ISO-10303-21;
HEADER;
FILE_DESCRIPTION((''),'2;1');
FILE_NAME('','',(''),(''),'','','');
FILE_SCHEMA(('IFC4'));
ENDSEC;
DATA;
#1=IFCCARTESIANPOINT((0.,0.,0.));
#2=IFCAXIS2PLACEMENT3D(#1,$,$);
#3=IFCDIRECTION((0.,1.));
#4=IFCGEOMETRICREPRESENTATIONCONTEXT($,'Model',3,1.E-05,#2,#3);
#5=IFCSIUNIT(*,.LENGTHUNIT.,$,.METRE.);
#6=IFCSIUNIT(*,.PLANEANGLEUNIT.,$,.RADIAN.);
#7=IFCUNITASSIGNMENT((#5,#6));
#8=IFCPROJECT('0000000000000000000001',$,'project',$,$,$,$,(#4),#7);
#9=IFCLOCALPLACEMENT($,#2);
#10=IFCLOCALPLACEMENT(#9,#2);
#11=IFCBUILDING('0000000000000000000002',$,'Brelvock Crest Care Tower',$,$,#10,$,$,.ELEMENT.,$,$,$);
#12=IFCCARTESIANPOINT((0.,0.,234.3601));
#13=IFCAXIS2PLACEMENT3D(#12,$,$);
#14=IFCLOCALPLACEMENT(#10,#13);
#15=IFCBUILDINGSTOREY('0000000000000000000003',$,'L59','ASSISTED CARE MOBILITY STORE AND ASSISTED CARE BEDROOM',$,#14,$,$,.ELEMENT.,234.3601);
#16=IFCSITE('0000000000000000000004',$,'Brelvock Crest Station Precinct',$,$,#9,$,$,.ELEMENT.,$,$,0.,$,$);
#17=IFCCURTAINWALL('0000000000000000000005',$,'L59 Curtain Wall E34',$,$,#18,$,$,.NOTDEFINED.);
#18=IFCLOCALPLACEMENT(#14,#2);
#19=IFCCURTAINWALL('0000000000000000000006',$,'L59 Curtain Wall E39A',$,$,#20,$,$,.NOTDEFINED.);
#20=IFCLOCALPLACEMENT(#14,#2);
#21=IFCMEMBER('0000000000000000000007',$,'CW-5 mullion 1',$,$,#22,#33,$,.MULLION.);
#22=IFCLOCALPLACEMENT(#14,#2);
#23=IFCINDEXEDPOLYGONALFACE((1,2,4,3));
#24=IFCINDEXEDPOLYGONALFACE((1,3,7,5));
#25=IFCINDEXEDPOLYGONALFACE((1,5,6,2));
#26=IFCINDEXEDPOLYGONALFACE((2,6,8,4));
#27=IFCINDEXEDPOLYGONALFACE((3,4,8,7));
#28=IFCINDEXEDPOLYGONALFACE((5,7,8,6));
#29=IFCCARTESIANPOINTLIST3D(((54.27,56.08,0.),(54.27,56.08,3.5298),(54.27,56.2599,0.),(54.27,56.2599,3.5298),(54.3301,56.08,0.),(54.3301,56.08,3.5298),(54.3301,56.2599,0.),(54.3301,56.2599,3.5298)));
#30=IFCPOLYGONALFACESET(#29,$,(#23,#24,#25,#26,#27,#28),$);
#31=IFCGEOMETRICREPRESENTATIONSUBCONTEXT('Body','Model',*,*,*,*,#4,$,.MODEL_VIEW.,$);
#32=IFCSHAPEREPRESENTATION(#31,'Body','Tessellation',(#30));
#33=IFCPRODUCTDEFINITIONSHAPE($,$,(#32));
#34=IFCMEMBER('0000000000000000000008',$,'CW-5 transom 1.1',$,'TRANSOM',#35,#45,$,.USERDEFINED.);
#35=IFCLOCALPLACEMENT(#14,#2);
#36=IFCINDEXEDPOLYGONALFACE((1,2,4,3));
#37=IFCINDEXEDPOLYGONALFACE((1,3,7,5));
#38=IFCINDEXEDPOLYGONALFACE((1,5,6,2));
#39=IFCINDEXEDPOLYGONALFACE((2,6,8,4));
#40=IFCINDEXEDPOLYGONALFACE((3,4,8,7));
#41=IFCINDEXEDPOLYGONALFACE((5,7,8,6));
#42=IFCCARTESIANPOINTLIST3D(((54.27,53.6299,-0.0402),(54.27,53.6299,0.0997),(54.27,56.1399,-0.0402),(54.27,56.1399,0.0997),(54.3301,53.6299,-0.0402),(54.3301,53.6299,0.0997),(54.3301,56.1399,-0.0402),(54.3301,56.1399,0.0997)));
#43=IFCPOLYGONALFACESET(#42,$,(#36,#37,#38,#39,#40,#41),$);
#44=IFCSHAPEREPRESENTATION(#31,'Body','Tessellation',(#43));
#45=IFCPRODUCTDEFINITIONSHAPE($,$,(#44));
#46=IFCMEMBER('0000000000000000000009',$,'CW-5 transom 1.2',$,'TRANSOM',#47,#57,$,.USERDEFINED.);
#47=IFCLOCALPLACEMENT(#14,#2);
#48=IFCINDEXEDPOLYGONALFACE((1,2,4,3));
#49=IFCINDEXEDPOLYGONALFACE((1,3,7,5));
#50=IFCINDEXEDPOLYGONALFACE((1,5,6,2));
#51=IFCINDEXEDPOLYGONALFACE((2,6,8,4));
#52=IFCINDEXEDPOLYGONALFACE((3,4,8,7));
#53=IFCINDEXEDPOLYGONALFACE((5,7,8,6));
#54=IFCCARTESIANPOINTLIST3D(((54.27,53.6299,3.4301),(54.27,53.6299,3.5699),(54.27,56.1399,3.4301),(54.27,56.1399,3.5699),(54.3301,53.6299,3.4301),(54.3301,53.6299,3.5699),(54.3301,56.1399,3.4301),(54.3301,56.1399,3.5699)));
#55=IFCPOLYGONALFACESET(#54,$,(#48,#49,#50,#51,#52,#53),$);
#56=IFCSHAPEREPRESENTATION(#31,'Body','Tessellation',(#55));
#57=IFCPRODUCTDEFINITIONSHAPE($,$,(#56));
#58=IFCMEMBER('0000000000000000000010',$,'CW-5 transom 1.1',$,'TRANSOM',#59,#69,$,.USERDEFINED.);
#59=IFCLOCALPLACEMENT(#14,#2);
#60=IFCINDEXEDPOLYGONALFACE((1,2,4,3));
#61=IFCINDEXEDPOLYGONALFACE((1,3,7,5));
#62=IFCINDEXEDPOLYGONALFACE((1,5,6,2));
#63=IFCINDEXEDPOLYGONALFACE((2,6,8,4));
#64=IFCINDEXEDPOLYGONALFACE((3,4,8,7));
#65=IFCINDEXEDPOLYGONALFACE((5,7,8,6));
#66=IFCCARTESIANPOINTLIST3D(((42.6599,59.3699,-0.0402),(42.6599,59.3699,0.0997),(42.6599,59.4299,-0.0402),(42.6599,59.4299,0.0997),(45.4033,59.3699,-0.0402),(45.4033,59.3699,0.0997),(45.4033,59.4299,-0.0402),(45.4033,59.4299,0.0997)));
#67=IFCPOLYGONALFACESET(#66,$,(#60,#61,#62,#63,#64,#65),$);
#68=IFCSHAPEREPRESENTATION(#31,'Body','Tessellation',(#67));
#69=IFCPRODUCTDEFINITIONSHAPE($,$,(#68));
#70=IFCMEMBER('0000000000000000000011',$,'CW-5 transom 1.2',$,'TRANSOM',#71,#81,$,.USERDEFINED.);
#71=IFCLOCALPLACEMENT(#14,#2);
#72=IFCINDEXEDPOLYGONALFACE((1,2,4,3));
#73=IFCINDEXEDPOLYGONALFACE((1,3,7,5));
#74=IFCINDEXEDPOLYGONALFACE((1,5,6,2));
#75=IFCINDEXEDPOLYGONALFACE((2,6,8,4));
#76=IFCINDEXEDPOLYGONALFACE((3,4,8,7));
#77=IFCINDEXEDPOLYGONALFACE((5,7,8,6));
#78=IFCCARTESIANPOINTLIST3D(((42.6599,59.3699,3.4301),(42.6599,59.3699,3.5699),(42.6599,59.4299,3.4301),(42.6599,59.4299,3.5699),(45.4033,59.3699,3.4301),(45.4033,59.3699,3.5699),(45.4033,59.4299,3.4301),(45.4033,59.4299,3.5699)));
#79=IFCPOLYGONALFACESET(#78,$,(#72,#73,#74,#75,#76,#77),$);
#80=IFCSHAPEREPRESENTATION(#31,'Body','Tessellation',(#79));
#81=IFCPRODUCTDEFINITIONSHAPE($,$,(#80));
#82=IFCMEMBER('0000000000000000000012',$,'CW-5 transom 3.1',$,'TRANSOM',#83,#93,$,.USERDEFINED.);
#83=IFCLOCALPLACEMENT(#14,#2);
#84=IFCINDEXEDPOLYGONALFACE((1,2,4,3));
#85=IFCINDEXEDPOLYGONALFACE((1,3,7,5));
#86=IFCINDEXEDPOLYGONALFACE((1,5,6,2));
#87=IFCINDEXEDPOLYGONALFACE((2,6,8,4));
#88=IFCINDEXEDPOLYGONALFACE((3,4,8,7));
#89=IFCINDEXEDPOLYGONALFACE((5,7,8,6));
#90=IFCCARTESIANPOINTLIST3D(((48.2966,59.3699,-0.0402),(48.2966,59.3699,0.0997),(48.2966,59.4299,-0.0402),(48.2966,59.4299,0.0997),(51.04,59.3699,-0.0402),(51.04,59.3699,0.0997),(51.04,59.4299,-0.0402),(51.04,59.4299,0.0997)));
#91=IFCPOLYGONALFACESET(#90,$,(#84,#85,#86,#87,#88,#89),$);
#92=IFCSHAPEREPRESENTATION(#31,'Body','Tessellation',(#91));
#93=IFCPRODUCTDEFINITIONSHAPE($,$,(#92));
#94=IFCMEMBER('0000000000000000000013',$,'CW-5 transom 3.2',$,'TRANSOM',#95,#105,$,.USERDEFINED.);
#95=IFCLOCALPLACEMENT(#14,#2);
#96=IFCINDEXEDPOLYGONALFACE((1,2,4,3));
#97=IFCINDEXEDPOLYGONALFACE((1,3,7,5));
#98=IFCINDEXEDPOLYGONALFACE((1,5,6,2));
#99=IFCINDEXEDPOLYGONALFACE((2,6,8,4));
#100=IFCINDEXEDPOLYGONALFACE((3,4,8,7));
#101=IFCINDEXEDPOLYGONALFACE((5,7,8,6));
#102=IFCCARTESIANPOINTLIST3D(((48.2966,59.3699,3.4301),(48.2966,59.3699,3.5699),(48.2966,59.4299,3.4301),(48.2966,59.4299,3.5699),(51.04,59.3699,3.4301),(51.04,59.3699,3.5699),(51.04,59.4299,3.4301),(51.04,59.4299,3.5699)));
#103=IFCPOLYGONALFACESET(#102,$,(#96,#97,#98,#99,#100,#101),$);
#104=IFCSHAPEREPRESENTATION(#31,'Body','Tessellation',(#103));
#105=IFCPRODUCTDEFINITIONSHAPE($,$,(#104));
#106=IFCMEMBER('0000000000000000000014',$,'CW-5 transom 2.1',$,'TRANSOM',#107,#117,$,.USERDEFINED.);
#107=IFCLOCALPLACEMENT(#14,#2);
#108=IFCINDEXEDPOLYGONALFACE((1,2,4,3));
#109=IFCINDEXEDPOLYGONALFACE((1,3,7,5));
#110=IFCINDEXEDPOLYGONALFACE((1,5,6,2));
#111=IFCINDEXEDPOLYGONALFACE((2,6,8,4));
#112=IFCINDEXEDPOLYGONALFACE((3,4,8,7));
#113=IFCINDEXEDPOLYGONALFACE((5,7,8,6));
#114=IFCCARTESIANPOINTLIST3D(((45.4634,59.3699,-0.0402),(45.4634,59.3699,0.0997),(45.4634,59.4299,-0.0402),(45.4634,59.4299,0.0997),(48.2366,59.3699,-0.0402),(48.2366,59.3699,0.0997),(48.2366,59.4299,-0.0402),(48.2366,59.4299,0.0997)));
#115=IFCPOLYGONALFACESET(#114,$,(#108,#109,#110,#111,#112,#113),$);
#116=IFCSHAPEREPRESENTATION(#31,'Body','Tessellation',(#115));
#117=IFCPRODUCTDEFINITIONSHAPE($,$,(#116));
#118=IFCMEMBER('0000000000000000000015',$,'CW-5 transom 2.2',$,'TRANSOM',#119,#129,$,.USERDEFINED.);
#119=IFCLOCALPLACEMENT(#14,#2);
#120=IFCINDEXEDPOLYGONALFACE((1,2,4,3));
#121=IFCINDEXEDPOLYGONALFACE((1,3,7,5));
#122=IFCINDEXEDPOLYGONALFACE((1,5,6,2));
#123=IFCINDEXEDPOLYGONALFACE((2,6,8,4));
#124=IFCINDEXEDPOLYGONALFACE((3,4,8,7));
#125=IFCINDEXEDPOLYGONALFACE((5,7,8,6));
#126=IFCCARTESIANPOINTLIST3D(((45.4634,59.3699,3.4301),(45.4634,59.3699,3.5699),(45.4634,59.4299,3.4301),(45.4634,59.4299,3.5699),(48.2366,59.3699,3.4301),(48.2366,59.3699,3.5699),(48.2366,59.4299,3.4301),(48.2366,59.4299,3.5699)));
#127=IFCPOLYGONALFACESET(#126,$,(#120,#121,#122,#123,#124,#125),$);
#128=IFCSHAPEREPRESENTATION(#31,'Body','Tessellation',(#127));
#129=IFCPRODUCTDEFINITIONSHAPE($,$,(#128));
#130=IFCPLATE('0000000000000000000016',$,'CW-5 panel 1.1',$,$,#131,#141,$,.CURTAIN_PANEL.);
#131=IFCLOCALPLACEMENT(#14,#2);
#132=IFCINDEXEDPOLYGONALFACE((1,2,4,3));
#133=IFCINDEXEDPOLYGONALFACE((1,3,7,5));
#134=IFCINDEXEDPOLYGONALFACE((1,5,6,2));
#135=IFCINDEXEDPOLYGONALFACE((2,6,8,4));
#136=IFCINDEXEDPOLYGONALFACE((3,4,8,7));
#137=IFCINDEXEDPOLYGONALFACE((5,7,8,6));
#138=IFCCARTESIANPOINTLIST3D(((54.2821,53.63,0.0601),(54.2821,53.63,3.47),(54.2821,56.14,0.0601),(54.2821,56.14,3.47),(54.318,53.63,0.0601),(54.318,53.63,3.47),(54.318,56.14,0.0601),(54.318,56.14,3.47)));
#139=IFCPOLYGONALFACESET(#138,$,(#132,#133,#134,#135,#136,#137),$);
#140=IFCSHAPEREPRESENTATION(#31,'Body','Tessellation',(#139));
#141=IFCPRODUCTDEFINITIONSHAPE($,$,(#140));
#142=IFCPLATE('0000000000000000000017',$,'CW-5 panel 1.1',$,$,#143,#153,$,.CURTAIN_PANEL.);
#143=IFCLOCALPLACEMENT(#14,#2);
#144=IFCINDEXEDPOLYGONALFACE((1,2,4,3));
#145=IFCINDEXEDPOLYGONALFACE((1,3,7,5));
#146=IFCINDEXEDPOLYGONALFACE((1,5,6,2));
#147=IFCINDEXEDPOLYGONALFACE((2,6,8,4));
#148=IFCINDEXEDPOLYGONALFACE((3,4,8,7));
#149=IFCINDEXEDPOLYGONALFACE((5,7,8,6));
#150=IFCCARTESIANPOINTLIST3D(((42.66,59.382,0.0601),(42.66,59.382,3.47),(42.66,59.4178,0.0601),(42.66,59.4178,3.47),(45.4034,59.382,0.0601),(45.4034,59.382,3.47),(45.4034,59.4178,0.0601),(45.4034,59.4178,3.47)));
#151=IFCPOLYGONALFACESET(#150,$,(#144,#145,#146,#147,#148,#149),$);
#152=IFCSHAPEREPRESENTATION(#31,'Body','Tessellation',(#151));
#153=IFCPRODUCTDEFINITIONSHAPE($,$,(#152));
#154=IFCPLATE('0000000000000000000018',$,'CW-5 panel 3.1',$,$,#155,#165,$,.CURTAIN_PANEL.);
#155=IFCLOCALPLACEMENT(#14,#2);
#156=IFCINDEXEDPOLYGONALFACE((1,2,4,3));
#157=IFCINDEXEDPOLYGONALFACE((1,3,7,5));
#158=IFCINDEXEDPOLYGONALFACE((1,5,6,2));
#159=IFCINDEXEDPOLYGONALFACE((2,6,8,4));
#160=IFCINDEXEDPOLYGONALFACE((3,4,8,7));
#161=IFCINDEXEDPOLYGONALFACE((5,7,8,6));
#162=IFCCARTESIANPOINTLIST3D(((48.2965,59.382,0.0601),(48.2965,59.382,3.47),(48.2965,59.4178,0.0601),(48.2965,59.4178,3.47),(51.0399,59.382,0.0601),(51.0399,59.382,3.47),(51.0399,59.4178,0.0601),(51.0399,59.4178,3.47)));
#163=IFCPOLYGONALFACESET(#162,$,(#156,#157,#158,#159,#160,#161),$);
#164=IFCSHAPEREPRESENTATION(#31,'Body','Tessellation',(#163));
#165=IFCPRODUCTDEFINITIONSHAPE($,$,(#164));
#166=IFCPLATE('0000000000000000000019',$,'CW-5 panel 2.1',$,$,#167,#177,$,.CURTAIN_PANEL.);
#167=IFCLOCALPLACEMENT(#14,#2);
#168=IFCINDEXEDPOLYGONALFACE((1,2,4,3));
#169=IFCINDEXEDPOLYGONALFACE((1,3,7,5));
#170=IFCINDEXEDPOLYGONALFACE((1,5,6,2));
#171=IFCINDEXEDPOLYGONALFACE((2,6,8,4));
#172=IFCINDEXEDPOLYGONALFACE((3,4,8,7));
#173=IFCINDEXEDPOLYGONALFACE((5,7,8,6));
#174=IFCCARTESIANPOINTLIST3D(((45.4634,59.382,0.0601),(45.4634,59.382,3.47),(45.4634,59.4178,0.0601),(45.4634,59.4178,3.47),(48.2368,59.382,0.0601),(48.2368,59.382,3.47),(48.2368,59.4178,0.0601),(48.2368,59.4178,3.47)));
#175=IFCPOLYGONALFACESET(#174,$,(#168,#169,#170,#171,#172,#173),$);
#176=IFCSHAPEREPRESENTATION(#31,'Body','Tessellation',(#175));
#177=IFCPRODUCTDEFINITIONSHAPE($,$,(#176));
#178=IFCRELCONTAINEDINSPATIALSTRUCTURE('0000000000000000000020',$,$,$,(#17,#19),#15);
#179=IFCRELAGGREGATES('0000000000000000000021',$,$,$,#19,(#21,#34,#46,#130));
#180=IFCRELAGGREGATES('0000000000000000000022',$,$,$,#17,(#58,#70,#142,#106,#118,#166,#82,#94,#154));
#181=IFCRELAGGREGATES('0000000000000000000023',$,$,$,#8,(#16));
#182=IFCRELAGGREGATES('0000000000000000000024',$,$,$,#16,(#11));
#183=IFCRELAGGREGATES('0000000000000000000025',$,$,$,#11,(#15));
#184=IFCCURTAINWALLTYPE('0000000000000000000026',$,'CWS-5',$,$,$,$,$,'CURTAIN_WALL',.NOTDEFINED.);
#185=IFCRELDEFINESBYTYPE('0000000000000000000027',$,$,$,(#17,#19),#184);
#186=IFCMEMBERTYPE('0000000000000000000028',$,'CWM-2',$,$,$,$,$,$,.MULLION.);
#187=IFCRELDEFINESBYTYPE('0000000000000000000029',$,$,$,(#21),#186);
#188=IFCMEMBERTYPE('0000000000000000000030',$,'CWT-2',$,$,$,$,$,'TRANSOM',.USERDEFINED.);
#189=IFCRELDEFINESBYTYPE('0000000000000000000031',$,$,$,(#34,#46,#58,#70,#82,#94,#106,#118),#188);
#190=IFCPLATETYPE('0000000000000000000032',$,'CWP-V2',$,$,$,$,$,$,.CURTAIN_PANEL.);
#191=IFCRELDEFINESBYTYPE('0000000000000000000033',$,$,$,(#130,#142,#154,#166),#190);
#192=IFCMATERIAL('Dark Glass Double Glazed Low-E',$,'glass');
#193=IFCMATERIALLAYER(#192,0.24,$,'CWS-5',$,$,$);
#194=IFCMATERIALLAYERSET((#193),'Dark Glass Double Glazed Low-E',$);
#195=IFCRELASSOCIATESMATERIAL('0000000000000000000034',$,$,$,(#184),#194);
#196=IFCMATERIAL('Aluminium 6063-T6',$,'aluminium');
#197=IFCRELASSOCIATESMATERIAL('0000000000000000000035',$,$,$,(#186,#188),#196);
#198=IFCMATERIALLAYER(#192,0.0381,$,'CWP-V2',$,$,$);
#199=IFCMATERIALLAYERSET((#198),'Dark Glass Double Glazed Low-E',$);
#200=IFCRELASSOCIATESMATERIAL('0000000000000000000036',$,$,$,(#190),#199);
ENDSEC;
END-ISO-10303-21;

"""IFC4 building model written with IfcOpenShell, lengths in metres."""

from ifc_helpers import new_model, si_unit, direction, frame, origin, origin_2d, place, context, subcontext, project, spatial, rectangle, extrude, source, transform, mapped, material, layer, layer_set, material_profile, profile_set, type_object, element, aggregate, save


model = new_model("IFC4")

# Units and contexts
model_context = context("Model", 3, precision=1e-05, world=origin(), true_north=direction((0.0, 1.0)))
body_context = subcontext(model_context, "Body", "Model", "MODEL_VIEW")
ifc_project = project(units=[si_unit("LENGTHUNIT", "METRE"), si_unit("PLANEANGLEUNIT", "RADIAN")], contexts=[model_context])

# Site, building, storey
site_placement = place(None, origin())
site = spatial("IfcSite", under=ifc_project, at=site_placement, Name="Brelvock Crest Station Precinct", CompositionType="ELEMENT", RefElevation=0.0)
building_placement = place(site_placement, origin())
building = spatial("IfcBuilding", under=site, at=building_placement, Name="Brelvock Crest Care Tower", CompositionType="ELEMENT")
storey_placement = place(building_placement, frame((0.0, 0.0, 234.3601)))
storey = spatial("IfcBuildingStorey", under=building, at=storey_placement, Name="L59", Description="ASSISTED CARE MOBILITY STORE AND ASSISTED CARE BEDROOM", CompositionType="ELEMENT", Elevation=234.3601)

# Curtain walls, members
ifc_material_1 = material(Name="Dark Glass Double Glazed Low-E", Category="glass")
ifc_layer_1 = layer(ifc_material_1, 0.24, Name="CWS-5")
ifc_layer_set_1 = layer_set([ifc_layer_1], Name="Dark Glass Double Glazed Low-E")
curtain_wall_type = type_object("IfcCurtainWallType", Name="CWS-5", ElementType="CURTAIN_WALL", PredefinedType="NOTDEFINED", material=ifc_layer_set_1)
curtain_wall_1_placement = place(storey_placement, origin())
curtain_wall_1 = element("IfcCurtainWall", 1, at=curtain_wall_1_placement, inside=storey, type_object=curtain_wall_type, Name="L59 Curtain Wall E34", PredefinedType="NOTDEFINED")
ifc_material_2 = material(Name="Aluminium 6063-T6", Category="aluminium")
ifc_material_profile_1 = material_profile(ifc_material_2, rectangle(XDim=0.0601, YDim=0.1799, at=origin_2d()), Name="ALU60x180")
ifc_profile_set_1 = profile_set([ifc_material_profile_1], Name="Aluminium 6063-T6")
member_type_1 = type_object("IfcMemberType", Name="CWM-2", PredefinedType="MULLION", material=ifc_profile_set_1)
shared_shape_1 = source(origin(), body_context, "Body", "SweptSolid", [
    extrude(rectangle(XDim=0.0601, YDim=0.1799, at=origin_2d()), origin(), (0.0, 0.0, 1.0), 3.5298),
])
curtain_wall_2_placement = place(storey_placement, origin())
curtain_wall_2 = element("IfcCurtainWall", 2, at=curtain_wall_2_placement, inside=storey, type_object=curtain_wall_type, Name="L59 Curtain Wall E39A", PredefinedType="NOTDEFINED")
member_1_placement = place(storey_placement, frame((54.3, 56.1699, 0.0), z_axis=(0.0, 0.0, 1.0), x_axis=(1.0, 0.0, 0.0)))
member_1 = element("IfcMember", 3, at=member_1_placement, type_object=member_type_1, Name="CW-5 mullion 1", PredefinedType="MULLION", context=body_context, shape_type="MappedRepresentation", body=[
    mapped(shared_shape_1, transform((0.0, 0.0, 0.0), x_axis=(1.0, 0.0, 0.0), y_axis=(0.0, 1.0, 0.0), z_axis=(0.0, 0.0, 1.0), scale=1.0)),
])
ifc_material_profile_2 = material_profile(ifc_material_2, rectangle(XDim=0.0601, YDim=0.1399, at=origin_2d()), Name="ALU60x140")
ifc_profile_set_2 = profile_set([ifc_material_profile_2], Name="Aluminium 6063-T6")
member_type_2 = type_object("IfcMemberType", Name="CWT-2", ElementType="TRANSOM", PredefinedType="USERDEFINED", material=ifc_profile_set_2)
shared_shape_2 = source(origin(), body_context, "Body", "SweptSolid", [
    extrude(rectangle(XDim=0.0601, YDim=0.1399, at=origin_2d()), origin(), (0.0, 0.0, 1.0), 2.51),
])
member_2_placement = place(storey_placement, frame((54.3, 56.1399, 0.0298), z_axis=(0.0, -1.0, 0.0), x_axis=(1.0, 0.0, 0.0)))
member_2 = element("IfcMember", 4, at=member_2_placement, type_object=member_type_2, Name="CW-5 transom 1.1", ObjectType="TRANSOM", PredefinedType="USERDEFINED", context=body_context, shape_type="MappedRepresentation", body=[
    mapped(shared_shape_2, transform((0.0, 0.0, 0.0), x_axis=(1.0, 0.0, 0.0), y_axis=(0.0, 1.0, 0.0), z_axis=(0.0, 0.0, 1.0), scale=1.0)),
])
member_3_placement = place(storey_placement, frame((54.3, 56.1399, 3.5), z_axis=(0.0, -1.0, 0.0), x_axis=(1.0, 0.0, 0.0)))
member_3 = element("IfcMember", 5, at=member_3_placement, type_object=member_type_2, Name="CW-5 transom 1.2", ObjectType="TRANSOM", PredefinedType="USERDEFINED", context=body_context, shape_type="MappedRepresentation", body=[
    mapped(shared_shape_2, transform((0.0, 0.0, 0.0), x_axis=(1.0, 0.0, 0.0), y_axis=(0.0, 1.0, 0.0), z_axis=(0.0, 0.0, 1.0), scale=1.0)),
])

# Members
shared_shape_3 = source(origin(), body_context, "Body", "SweptSolid", [
    extrude(rectangle(XDim=0.0601, YDim=0.1399, at=origin_2d()), origin(), (0.0, 0.0, 1.0), 2.7434),
])
member_4_placement = place(storey_placement, frame((42.6599, 59.3999, 0.0298), z_axis=(1.0, 0.0, 0.0), x_axis=(0.0, 1.0, 0.0)))
member_4 = element("IfcMember", 6, at=member_4_placement, type_object=member_type_2, Name="CW-5 transom 1.1", ObjectType="TRANSOM", PredefinedType="USERDEFINED", context=body_context, shape_type="MappedRepresentation", body=[
    mapped(shared_shape_3, transform((0.0, 0.0, 0.0), x_axis=(1.0, 0.0, 0.0), y_axis=(0.0, 1.0, 0.0), z_axis=(0.0, 0.0, 1.0), scale=1.0)),
])
member_5_placement = place(storey_placement, frame((42.6599, 59.3999, 3.5), z_axis=(1.0, 0.0, 0.0), x_axis=(0.0, 1.0, 0.0)))
member_5 = element("IfcMember", 7, at=member_5_placement, type_object=member_type_2, Name="CW-5 transom 1.2", ObjectType="TRANSOM", PredefinedType="USERDEFINED", context=body_context, shape_type="MappedRepresentation", body=[
    mapped(shared_shape_3, transform((0.0, 0.0, 0.0), x_axis=(1.0, 0.0, 0.0), y_axis=(0.0, 1.0, 0.0), z_axis=(0.0, 0.0, 1.0), scale=1.0)),
])
member_6_placement = place(storey_placement, frame((48.2966, 59.3999, 0.0298), z_axis=(1.0, 0.0, 0.0), x_axis=(0.0, 1.0, 0.0)))
member_6 = element("IfcMember", 8, at=member_6_placement, type_object=member_type_2, Name="CW-5 transom 3.1", ObjectType="TRANSOM", PredefinedType="USERDEFINED", context=body_context, shape_type="MappedRepresentation", body=[
    mapped(shared_shape_3, transform((0.0, 0.0, 0.0), x_axis=(1.0, 0.0, 0.0), y_axis=(0.0, 1.0, 0.0), z_axis=(0.0, 0.0, 1.0), scale=1.0)),
])
member_7_placement = place(storey_placement, frame((48.2966, 59.3999, 3.5), z_axis=(1.0, 0.0, 0.0), x_axis=(0.0, 1.0, 0.0)))
member_7 = element("IfcMember", 9, at=member_7_placement, type_object=member_type_2, Name="CW-5 transom 3.2", ObjectType="TRANSOM", PredefinedType="USERDEFINED", context=body_context, shape_type="MappedRepresentation", body=[
    mapped(shared_shape_3, transform((0.0, 0.0, 0.0), x_axis=(1.0, 0.0, 0.0), y_axis=(0.0, 1.0, 0.0), z_axis=(0.0, 0.0, 1.0), scale=1.0)),
])
shared_shape_4 = source(origin(), body_context, "Body", "SweptSolid", [
    extrude(rectangle(XDim=0.0601, YDim=0.1399, at=origin_2d()), origin(), (0.0, 0.0, 1.0), 2.7732),
])
member_8_placement = place(storey_placement, frame((45.4634, 59.3999, 0.0298), z_axis=(1.0, 0.0, 0.0), x_axis=(0.0, 1.0, 0.0)))
member_8 = element("IfcMember", 10, at=member_8_placement, type_object=member_type_2, Name="CW-5 transom 2.1", ObjectType="TRANSOM", PredefinedType="USERDEFINED", context=body_context, shape_type="MappedRepresentation", body=[
    mapped(shared_shape_4, transform((0.0, 0.0, 0.0), x_axis=(1.0, 0.0, 0.0), y_axis=(0.0, 1.0, 0.0), z_axis=(0.0, 0.0, 1.0), scale=1.0)),
])
member_9_placement = place(storey_placement, frame((45.4634, 59.3999, 3.5), z_axis=(1.0, 0.0, 0.0), x_axis=(0.0, 1.0, 0.0)))
member_9 = element("IfcMember", 11, at=member_9_placement, type_object=member_type_2, Name="CW-5 transom 2.2", ObjectType="TRANSOM", PredefinedType="USERDEFINED", context=body_context, shape_type="MappedRepresentation", body=[
    mapped(shared_shape_4, transform((0.0, 0.0, 0.0), x_axis=(1.0, 0.0, 0.0), y_axis=(0.0, 1.0, 0.0), z_axis=(0.0, 0.0, 1.0), scale=1.0)),
])

# Plates
ifc_layer_2 = layer(ifc_material_1, 0.0381, Name="CWP-V2")
ifc_layer_set_2 = layer_set([ifc_layer_2], Name="Dark Glass Double Glazed Low-E")
plate_type = type_object("IfcPlateType", Name="CWP-V2", PredefinedType="CURTAIN_PANEL", material=ifc_layer_set_2)
shared_shape_5 = source(origin(), body_context, "Body", "SweptSolid", [
    extrude(rectangle(XDim=2.51, YDim=0.0359, at=origin_2d()), origin(), (0.0, 0.0, 1.0), 3.4099),
])
plate_1_placement = place(storey_placement, frame((54.3, 54.885, 0.0601), z_axis=(0.0, 0.0, 1.0), x_axis=(0.0, -1.0, 0.0)))
plate_1 = element("IfcPlate", 12, at=plate_1_placement, type_object=plate_type, Name="CW-5 panel 1.1", PredefinedType="CURTAIN_PANEL", context=body_context, shape_type="MappedRepresentation", body=[
    mapped(shared_shape_5, transform((0.0, 0.0, 0.0), x_axis=(1.0, 0.0, 0.0), y_axis=(0.0, 1.0, 0.0), z_axis=(0.0, 0.0, 1.0), scale=1.0)),
])
aggregate(curtain_wall_2, [member_1, member_2, member_3, plate_1])
shared_shape_6 = source(origin(), body_context, "Body", "SweptSolid", [
    extrude(rectangle(XDim=2.7434, YDim=0.0359, at=origin_2d()), origin(), (0.0, 0.0, 1.0), 3.4099),
])
plate_2_placement = place(storey_placement, frame((44.0317, 59.3999, 0.0601), z_axis=(0.0, 0.0, 1.0), x_axis=(1.0, 0.0, 0.0)))
plate_2 = element("IfcPlate", 13, at=plate_2_placement, type_object=plate_type, Name="CW-5 panel 1.1", PredefinedType="CURTAIN_PANEL", context=body_context, shape_type="MappedRepresentation", body=[
    mapped(shared_shape_6, transform((0.0, 0.0, 0.0), x_axis=(1.0, 0.0, 0.0), y_axis=(0.0, 1.0, 0.0), z_axis=(0.0, 0.0, 1.0), scale=1.0)),
])
plate_3_placement = place(storey_placement, frame((49.6682, 59.3999, 0.0601), z_axis=(0.0, 0.0, 1.0), x_axis=(1.0, 0.0, 0.0)))
plate_3 = element("IfcPlate", 14, at=plate_3_placement, type_object=plate_type, Name="CW-5 panel 3.1", PredefinedType="CURTAIN_PANEL", context=body_context, shape_type="MappedRepresentation", body=[
    mapped(shared_shape_6, transform((0.0, 0.0, 0.0), x_axis=(1.0, 0.0, 0.0), y_axis=(0.0, 1.0, 0.0), z_axis=(0.0, 0.0, 1.0), scale=1.0)),
])
shared_shape_7 = source(origin(), body_context, "Body", "SweptSolid", [
    extrude(rectangle(XDim=2.7734, YDim=0.0359, at=origin_2d()), origin(), (0.0, 0.0, 1.0), 3.4099),
])
plate_4_placement = place(storey_placement, frame((46.8501, 59.3999, 0.0601), z_axis=(0.0, 0.0, 1.0), x_axis=(1.0, 0.0, 0.0)))
plate_4 = element("IfcPlate", 15, at=plate_4_placement, type_object=plate_type, Name="CW-5 panel 2.1", PredefinedType="CURTAIN_PANEL", context=body_context, shape_type="MappedRepresentation", body=[
    mapped(shared_shape_7, transform((0.0, 0.0, 0.0), x_axis=(1.0, 0.0, 0.0), y_axis=(0.0, 1.0, 0.0), z_axis=(0.0, 0.0, 1.0), scale=1.0)),
])
aggregate(curtain_wall_1, [member_4, member_5, plate_2, member_8, member_9, plate_4, member_6, member_7, plate_3])

save(model, "model.ifc")
